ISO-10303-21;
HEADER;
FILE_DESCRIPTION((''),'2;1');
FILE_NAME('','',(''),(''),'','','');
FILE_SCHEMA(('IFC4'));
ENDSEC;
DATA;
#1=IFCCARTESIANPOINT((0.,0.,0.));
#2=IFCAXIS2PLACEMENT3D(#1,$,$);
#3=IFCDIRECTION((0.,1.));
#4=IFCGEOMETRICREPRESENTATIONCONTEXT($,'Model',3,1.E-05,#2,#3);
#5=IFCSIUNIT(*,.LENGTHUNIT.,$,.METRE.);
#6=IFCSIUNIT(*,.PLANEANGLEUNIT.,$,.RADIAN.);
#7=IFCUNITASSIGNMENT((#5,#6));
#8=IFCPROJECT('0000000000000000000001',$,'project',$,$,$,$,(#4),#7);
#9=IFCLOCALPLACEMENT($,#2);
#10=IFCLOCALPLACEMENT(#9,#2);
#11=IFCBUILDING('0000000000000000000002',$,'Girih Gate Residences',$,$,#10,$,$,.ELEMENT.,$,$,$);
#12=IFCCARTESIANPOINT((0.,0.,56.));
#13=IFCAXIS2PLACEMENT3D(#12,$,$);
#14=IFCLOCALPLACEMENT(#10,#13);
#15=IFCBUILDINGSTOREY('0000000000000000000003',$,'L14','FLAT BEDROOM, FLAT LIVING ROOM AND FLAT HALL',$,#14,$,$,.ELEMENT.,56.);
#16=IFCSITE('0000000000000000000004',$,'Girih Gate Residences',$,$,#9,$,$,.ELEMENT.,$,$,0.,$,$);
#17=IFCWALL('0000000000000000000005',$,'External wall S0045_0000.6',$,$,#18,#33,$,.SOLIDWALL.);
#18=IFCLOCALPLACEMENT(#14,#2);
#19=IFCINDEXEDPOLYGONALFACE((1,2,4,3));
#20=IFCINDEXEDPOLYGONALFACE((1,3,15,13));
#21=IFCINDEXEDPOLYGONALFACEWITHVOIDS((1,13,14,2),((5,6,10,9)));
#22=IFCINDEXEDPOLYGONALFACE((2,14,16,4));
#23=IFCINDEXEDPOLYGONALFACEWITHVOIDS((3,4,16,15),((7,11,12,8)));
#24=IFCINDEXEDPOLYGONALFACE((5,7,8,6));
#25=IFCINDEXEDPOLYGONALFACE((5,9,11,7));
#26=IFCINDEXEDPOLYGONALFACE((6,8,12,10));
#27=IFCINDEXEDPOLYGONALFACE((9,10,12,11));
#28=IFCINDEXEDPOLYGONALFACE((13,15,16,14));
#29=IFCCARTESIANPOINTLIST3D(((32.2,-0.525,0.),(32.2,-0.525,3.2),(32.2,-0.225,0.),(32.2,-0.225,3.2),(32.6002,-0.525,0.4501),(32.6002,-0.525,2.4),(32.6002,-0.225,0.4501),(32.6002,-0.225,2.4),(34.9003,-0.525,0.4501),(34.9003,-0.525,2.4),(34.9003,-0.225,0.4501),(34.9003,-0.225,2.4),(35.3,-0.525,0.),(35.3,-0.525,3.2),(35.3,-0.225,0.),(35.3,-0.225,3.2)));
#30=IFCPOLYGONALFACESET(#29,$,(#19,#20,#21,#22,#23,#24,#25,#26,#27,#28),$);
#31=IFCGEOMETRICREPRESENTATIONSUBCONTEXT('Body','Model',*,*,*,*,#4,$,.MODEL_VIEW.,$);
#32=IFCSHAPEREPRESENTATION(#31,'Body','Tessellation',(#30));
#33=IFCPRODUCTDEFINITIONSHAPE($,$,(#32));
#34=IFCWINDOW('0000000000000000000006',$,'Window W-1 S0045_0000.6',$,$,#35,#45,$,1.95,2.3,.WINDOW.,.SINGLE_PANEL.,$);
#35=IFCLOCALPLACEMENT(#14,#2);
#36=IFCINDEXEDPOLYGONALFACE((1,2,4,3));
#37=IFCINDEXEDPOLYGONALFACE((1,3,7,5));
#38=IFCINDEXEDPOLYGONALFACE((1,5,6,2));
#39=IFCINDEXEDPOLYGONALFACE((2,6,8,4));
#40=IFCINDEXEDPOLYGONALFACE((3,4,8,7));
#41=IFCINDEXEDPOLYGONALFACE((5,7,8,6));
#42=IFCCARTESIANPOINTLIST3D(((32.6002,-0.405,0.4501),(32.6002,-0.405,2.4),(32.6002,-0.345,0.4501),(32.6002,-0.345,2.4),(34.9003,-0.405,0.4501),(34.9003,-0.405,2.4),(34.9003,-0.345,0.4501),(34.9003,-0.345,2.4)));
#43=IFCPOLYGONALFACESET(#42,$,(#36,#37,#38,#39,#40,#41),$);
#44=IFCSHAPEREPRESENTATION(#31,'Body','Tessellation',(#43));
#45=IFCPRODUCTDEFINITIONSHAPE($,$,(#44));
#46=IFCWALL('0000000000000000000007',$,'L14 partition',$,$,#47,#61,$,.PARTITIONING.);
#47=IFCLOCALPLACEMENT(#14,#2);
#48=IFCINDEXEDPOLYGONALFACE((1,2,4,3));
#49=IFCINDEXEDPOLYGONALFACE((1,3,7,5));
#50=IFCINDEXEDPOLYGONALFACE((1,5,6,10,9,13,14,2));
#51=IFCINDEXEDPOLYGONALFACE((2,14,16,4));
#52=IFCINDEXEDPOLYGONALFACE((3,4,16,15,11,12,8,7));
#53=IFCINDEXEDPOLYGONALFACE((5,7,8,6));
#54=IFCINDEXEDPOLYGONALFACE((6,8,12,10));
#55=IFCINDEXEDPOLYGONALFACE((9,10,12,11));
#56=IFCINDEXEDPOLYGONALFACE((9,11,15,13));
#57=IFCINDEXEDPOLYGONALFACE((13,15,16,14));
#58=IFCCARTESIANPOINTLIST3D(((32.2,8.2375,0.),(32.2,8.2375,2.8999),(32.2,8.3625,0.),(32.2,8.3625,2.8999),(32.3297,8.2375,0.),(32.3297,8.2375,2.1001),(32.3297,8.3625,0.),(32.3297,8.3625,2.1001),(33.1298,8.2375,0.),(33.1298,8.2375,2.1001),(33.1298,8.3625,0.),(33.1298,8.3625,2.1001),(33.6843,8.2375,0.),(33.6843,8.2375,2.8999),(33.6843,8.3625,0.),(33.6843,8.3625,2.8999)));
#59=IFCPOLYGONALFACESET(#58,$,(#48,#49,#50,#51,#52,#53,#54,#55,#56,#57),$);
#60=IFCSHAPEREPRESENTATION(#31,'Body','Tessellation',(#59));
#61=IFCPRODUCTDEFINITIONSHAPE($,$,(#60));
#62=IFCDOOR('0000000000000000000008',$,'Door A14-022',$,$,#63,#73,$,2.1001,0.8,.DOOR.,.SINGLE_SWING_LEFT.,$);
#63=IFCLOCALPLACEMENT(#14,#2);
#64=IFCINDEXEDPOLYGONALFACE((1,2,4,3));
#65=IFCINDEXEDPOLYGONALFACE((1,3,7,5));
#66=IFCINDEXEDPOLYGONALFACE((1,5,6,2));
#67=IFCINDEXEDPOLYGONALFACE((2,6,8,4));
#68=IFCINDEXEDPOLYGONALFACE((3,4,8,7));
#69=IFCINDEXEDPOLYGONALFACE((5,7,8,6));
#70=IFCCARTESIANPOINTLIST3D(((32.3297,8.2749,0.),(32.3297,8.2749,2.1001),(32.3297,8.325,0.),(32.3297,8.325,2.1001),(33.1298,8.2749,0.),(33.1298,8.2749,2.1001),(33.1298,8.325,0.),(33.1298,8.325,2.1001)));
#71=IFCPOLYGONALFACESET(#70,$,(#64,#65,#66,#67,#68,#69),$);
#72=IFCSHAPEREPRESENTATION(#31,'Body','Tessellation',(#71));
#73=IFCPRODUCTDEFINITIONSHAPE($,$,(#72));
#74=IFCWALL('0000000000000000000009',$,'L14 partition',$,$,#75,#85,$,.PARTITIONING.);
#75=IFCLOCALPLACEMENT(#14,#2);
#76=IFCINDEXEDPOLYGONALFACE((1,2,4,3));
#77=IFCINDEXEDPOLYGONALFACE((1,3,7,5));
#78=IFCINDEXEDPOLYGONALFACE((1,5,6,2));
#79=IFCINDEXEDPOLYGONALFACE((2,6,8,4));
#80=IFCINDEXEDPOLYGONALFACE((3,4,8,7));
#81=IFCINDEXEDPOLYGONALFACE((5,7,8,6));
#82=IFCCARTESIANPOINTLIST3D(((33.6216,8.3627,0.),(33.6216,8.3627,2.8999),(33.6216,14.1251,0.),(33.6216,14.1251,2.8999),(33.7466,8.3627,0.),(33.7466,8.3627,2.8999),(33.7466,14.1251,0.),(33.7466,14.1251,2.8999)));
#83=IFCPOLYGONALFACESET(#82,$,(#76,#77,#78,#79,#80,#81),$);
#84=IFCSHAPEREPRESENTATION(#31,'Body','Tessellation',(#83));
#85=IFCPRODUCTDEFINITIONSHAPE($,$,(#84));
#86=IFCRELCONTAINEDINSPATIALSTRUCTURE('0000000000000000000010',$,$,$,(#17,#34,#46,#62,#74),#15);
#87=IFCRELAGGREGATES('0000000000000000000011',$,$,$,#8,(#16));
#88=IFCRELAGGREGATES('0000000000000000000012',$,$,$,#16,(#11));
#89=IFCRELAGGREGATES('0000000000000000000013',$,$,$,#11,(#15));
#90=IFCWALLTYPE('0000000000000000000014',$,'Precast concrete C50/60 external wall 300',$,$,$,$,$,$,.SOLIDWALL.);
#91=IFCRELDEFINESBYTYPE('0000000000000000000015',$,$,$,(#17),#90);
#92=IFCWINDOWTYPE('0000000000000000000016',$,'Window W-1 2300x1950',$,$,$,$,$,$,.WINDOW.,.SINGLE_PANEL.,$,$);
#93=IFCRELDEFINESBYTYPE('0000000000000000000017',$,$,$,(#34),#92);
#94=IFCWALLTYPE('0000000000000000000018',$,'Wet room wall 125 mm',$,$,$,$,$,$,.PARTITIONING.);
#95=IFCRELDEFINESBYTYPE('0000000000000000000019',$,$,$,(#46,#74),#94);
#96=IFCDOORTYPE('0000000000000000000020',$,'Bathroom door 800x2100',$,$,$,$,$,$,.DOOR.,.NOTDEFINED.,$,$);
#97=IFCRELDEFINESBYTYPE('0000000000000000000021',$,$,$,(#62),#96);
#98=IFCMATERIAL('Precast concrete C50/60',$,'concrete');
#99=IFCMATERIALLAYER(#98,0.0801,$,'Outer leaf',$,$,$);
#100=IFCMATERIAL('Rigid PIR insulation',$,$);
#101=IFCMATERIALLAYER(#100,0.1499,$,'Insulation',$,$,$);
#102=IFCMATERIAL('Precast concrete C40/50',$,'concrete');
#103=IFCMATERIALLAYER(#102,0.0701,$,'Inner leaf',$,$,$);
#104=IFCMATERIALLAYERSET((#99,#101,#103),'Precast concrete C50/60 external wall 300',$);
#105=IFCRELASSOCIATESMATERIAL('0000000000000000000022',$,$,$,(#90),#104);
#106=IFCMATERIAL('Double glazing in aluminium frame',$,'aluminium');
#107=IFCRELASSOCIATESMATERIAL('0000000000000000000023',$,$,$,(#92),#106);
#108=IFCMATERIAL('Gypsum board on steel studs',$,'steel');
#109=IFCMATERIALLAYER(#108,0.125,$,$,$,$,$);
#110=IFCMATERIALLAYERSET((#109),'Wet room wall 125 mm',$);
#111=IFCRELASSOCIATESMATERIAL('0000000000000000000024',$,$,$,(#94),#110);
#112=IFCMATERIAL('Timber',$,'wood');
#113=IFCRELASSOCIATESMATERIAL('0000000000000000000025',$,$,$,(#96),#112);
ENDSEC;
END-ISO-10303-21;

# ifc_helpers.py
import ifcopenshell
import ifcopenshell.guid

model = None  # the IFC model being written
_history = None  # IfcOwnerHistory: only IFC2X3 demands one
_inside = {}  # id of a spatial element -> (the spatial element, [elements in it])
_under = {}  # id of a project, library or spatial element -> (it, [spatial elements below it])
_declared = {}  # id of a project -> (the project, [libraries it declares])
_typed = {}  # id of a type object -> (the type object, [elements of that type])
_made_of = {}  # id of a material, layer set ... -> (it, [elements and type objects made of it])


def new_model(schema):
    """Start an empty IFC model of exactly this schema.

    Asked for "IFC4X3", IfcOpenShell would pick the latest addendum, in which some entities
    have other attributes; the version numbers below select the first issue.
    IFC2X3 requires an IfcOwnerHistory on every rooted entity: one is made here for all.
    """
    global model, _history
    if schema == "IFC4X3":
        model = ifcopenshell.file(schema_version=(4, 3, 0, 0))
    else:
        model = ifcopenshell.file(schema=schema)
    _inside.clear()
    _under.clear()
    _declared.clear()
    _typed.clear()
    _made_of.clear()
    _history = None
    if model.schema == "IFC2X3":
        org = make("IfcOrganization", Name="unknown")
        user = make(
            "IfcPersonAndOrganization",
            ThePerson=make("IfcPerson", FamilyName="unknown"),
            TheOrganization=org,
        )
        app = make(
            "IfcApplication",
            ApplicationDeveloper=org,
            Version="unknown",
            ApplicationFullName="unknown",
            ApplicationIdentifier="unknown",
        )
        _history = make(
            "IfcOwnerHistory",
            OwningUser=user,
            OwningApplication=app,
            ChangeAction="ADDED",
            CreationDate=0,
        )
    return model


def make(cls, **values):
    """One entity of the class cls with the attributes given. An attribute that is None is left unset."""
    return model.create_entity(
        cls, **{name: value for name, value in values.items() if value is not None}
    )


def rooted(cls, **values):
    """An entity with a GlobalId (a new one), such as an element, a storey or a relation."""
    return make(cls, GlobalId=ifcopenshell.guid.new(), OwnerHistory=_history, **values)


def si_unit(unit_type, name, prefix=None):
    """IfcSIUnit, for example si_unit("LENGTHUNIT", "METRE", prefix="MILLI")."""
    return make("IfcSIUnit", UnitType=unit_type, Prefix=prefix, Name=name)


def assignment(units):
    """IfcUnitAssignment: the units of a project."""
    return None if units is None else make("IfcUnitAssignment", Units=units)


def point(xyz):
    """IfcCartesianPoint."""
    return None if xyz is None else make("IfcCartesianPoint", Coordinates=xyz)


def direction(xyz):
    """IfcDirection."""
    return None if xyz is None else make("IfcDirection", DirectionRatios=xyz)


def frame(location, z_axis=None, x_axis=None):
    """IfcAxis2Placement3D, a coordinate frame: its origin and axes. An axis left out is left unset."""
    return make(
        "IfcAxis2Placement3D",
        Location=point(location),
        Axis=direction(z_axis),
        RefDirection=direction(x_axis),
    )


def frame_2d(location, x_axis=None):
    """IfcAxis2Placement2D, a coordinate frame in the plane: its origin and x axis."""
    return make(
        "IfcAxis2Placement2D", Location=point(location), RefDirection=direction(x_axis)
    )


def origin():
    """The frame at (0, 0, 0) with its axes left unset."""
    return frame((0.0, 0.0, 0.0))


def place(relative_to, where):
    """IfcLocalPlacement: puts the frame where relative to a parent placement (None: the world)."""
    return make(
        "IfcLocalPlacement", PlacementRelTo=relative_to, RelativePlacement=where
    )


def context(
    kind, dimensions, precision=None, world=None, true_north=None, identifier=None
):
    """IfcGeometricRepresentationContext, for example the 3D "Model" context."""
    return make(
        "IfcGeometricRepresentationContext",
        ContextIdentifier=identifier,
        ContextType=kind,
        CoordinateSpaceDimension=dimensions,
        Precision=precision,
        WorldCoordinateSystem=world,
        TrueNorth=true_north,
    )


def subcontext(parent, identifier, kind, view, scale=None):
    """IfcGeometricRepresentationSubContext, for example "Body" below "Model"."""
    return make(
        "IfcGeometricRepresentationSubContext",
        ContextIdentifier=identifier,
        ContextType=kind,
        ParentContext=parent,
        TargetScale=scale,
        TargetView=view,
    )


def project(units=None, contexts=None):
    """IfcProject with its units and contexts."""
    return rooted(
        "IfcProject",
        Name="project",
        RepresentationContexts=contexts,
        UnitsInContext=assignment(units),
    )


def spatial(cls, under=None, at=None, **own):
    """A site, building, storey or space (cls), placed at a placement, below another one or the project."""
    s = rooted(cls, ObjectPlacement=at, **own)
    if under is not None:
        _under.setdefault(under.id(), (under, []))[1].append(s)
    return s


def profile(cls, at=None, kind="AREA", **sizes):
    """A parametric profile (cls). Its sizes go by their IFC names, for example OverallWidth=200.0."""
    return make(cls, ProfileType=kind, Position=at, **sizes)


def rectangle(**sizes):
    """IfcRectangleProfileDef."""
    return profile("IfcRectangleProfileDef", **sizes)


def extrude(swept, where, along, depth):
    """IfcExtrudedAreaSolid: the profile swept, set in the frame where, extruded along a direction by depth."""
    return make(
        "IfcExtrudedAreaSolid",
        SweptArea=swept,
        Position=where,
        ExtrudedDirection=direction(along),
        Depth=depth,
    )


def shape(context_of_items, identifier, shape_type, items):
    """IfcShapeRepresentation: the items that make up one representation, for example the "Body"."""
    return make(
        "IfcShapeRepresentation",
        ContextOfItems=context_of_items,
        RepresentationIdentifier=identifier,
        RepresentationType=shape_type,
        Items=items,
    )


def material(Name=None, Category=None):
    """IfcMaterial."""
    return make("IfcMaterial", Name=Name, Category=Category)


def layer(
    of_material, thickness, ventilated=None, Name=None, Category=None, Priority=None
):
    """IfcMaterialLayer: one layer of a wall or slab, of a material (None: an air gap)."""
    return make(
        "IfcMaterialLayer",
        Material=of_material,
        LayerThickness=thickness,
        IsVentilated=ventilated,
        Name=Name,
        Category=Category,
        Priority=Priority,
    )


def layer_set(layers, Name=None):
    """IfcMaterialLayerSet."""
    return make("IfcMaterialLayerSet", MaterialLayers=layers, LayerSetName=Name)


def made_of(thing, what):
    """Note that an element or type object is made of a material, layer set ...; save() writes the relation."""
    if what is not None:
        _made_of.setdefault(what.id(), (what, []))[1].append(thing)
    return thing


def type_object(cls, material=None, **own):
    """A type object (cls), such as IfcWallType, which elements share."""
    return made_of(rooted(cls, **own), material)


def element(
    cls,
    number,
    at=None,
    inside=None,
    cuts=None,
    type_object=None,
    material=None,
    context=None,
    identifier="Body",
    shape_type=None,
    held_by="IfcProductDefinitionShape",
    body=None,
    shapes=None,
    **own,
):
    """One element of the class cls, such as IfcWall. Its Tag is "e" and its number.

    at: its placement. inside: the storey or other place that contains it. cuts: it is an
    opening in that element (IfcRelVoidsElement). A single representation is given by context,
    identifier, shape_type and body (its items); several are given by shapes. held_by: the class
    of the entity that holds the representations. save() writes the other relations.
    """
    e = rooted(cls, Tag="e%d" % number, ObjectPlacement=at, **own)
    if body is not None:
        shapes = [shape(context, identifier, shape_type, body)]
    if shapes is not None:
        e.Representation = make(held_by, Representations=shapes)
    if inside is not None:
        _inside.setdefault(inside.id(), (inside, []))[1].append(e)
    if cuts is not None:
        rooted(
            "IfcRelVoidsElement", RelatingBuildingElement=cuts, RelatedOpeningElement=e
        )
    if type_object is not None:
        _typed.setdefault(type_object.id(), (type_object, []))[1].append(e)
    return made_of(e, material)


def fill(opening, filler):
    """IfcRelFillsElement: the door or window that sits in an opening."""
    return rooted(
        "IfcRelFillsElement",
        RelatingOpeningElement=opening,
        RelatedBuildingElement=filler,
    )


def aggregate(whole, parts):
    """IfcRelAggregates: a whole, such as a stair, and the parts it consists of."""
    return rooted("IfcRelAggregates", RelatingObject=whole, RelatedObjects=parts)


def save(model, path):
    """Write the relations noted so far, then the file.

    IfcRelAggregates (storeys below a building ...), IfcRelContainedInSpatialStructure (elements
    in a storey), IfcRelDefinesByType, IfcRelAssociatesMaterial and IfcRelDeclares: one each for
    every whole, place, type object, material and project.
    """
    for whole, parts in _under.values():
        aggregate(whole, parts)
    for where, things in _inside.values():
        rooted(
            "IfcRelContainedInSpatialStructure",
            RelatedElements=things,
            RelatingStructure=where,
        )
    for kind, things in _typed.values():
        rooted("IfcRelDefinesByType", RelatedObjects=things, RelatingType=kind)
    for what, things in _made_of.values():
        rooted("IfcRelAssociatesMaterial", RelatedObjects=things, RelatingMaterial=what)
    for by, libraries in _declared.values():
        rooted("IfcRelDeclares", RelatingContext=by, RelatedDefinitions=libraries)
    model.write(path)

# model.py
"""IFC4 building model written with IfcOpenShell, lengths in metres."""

from ifc_helpers import new_model, si_unit, direction, frame, frame_2d, origin, place, context, subcontext, project, spatial, rectangle, extrude, material, layer, layer_set, type_object, element, fill, save


model = new_model("IFC4")

# Units and contexts
model_context = context("Model", 3, precision=1e-05, world=origin(), true_north=direction((0.0, 1.0)))
body_context = subcontext(model_context, "Body", "Model", "MODEL_VIEW")
ifc_project = project(units=[si_unit("LENGTHUNIT", "METRE"), si_unit("PLANEANGLEUNIT", "RADIAN")], contexts=[model_context])

# Site, building, storey
site_placement = place(None, origin())
site = spatial("IfcSite", under=ifc_project, at=site_placement, Name="Girih Gate Residences", CompositionType="ELEMENT", RefElevation=0.0)
building_placement = place(site_placement, origin())
building = spatial("IfcBuilding", under=site, at=building_placement, Name="Girih Gate Residences", CompositionType="ELEMENT")
storey_placement = place(building_placement, frame((0.0, 0.0, 56.0)))
storey = spatial("IfcBuildingStorey", under=building, at=storey_placement, Name="L14", Description="FLAT BEDROOM, FLAT LIVING ROOM AND FLAT HALL", CompositionType="ELEMENT", Elevation=56.0)

# Shared definitions
ifc_material_1 = material(Name="Gypsum board on steel studs", Category="steel")

# Shared definitions
ifc_material_2 = material(Name="Timber", Category="wood")

# Wall, opening, window
ifc_material_3 = material(Name="Precast concrete C50/60", Category="concrete")
ifc_layer_1 = layer(ifc_material_3, 0.0801, Name="Outer leaf")
ifc_material_4 = material(Name="Rigid PIR insulation")
ifc_layer_2 = layer(ifc_material_4, 0.1499, Name="Insulation")
ifc_material_5 = material(Name="Precast concrete C40/50", Category="concrete")
ifc_layer_3 = layer(ifc_material_5, 0.0701, Name="Inner leaf")
ifc_layer_set_1 = layer_set([ifc_layer_1, ifc_layer_2, ifc_layer_3], Name="Precast concrete C50/60 external wall 300")
wall_type_1 = type_object("IfcWallType", Name="Precast concrete C50/60 external wall 300", PredefinedType="SOLIDWALL", material=ifc_layer_set_1)
ifc_material_6 = material(Name="Double glazing in aluminium frame", Category="aluminium")
window_type = type_object("IfcWindowType", Name="Window W-1 2300x1950", PartitioningType="SINGLE_PANEL", PredefinedType="WINDOW", material=ifc_material_6)
wall_1_placement = place(storey_placement, frame((35.3, -0.375, 0.0), z_axis=(0.0, 0.0, 1.0), x_axis=(-1.0, 0.0, 0.0)))
wall_1 = element("IfcWall", 1, at=wall_1_placement, inside=storey, type_object=wall_type_1, Name="External wall S0045_0000.6", PredefinedType="SOLIDWALL", context=body_context, shape_type="SweptSolid", body=[
    extrude(rectangle(XDim=3.1001, YDim=0.3, at=frame_2d((1.55, 0.0))), origin(), (0.0, 0.0, 1.0), 3.2),
])
opening_1_placement = place(wall_1_placement, frame((0.3999, 0.0, 0.45)))
opening_1 = element("IfcOpeningElement", 2, at=opening_1_placement, cuts=wall_1, PredefinedType="OPENING", context=body_context, shape_type="SweptSolid", body=[
    extrude(rectangle(XDim=2.3, YDim=1.95, at=frame_2d((1.1499, 0.9751))), frame((0.0, 0.1599, 0.0), z_axis=(0.0, -1.0, 0.0), x_axis=(1.0, 0.0, 0.0)), (0.0, 0.0, 1.0), 0.3201),
])
window_1_placement = place(opening_1_placement, origin())
window_1 = element("IfcWindow", 3, at=window_1_placement, inside=storey, type_object=window_type, Name="Window W-1 S0045_0000.6", OverallHeight=1.95, OverallWidth=2.3, PartitioningType="SINGLE_PANEL", PredefinedType="WINDOW", context=body_context, shape_type="SweptSolid", body=[
    extrude(rectangle(XDim=2.3, YDim=1.95, at=frame_2d((1.1499, 0.9751))), frame((0.0, 0.03, 0.0), z_axis=(0.0, -1.0, 0.0), x_axis=(1.0, 0.0, 0.0)), (0.0, 0.0, 1.0), 0.0601),
])
fill(opening_1, window_1)

# Wall, opening, door
ifc_layer_4 = layer(ifc_material_1, 0.125)
ifc_layer_set_2 = layer_set([ifc_layer_4], Name="Wet room wall 125 mm")
wall_type_2 = type_object("IfcWallType", Name="Wet room wall 125 mm", PredefinedType="PARTITIONING", material=ifc_layer_set_2)
wall_2_placement = place(storey_placement, frame((32.2, 8.3, 0.0), z_axis=(0.0, 0.0, 1.0), x_axis=(1.0, 0.0, 0.0)))
wall_2 = element("IfcWall", 4, at=wall_2_placement, inside=storey, type_object=wall_type_2, Name="L14 partition", PredefinedType="PARTITIONING", context=body_context, shape_type="SweptSolid", body=[
    extrude(rectangle(XDim=1.4844, YDim=0.125, at=frame_2d((0.7422, 0.0))), origin(), (0.0, 0.0, 1.0), 2.8999),
])
opening_2_placement = place(wall_2_placement, frame((0.1299, 0.0, 0.0)))
opening_2 = element("IfcOpeningElement", 5, at=opening_2_placement, cuts=wall_2, PredefinedType="OPENING", context=body_context, shape_type="SweptSolid", body=[
    extrude(rectangle(XDim=0.8, YDim=2.1001, at=frame_2d((0.3999, 1.05))), frame((0.0, 0.0725, 0.0), z_axis=(0.0, -1.0, 0.0), x_axis=(1.0, 0.0, 0.0)), (0.0, 0.0, 1.0), 0.145),
])
door_type_1 = type_object("IfcDoorType", Name="Bathroom door 800x2100", OperationType="NOTDEFINED", PredefinedType="DOOR", material=ifc_material_2)
door_1_placement = place(opening_2_placement, origin())
door_1 = element("IfcDoor", 6, at=door_1_placement, inside=storey, type_object=door_type_1, Name="Door A14-022", OperationType="SINGLE_SWING_LEFT", OverallHeight=2.1001, OverallWidth=0.8, PredefinedType="DOOR", context=body_context, shape_type="SweptSolid", body=[
    extrude(rectangle(XDim=0.8, YDim=2.1001, at=frame_2d((0.3999, 1.05))), frame((0.0, 0.0249, 0.0), z_axis=(0.0, -1.0, 0.0), x_axis=(1.0, 0.0, 0.0)), (0.0, 0.0, 1.0), 0.05),
])
fill(opening_2, door_1)

# Wall
wall_3_placement = place(storey_placement, frame((33.6841, 8.3625, 0.0), z_axis=(0.0, 0.0, 1.0), x_axis=(0.0, 1.0, 0.0)))
element("IfcWall", 7, at=wall_3_placement, inside=storey, type_object=wall_type_2, Name="L14 partition", PredefinedType="PARTITIONING", context=body_context, shape_type="SweptSolid", body=[
    extrude(rectangle(XDim=5.7625, YDim=0.125, at=frame_2d((2.8813, 0.0))), origin(), (0.0, 0.0, 1.0), 2.8999),
])

save(model, "model.ifc")
